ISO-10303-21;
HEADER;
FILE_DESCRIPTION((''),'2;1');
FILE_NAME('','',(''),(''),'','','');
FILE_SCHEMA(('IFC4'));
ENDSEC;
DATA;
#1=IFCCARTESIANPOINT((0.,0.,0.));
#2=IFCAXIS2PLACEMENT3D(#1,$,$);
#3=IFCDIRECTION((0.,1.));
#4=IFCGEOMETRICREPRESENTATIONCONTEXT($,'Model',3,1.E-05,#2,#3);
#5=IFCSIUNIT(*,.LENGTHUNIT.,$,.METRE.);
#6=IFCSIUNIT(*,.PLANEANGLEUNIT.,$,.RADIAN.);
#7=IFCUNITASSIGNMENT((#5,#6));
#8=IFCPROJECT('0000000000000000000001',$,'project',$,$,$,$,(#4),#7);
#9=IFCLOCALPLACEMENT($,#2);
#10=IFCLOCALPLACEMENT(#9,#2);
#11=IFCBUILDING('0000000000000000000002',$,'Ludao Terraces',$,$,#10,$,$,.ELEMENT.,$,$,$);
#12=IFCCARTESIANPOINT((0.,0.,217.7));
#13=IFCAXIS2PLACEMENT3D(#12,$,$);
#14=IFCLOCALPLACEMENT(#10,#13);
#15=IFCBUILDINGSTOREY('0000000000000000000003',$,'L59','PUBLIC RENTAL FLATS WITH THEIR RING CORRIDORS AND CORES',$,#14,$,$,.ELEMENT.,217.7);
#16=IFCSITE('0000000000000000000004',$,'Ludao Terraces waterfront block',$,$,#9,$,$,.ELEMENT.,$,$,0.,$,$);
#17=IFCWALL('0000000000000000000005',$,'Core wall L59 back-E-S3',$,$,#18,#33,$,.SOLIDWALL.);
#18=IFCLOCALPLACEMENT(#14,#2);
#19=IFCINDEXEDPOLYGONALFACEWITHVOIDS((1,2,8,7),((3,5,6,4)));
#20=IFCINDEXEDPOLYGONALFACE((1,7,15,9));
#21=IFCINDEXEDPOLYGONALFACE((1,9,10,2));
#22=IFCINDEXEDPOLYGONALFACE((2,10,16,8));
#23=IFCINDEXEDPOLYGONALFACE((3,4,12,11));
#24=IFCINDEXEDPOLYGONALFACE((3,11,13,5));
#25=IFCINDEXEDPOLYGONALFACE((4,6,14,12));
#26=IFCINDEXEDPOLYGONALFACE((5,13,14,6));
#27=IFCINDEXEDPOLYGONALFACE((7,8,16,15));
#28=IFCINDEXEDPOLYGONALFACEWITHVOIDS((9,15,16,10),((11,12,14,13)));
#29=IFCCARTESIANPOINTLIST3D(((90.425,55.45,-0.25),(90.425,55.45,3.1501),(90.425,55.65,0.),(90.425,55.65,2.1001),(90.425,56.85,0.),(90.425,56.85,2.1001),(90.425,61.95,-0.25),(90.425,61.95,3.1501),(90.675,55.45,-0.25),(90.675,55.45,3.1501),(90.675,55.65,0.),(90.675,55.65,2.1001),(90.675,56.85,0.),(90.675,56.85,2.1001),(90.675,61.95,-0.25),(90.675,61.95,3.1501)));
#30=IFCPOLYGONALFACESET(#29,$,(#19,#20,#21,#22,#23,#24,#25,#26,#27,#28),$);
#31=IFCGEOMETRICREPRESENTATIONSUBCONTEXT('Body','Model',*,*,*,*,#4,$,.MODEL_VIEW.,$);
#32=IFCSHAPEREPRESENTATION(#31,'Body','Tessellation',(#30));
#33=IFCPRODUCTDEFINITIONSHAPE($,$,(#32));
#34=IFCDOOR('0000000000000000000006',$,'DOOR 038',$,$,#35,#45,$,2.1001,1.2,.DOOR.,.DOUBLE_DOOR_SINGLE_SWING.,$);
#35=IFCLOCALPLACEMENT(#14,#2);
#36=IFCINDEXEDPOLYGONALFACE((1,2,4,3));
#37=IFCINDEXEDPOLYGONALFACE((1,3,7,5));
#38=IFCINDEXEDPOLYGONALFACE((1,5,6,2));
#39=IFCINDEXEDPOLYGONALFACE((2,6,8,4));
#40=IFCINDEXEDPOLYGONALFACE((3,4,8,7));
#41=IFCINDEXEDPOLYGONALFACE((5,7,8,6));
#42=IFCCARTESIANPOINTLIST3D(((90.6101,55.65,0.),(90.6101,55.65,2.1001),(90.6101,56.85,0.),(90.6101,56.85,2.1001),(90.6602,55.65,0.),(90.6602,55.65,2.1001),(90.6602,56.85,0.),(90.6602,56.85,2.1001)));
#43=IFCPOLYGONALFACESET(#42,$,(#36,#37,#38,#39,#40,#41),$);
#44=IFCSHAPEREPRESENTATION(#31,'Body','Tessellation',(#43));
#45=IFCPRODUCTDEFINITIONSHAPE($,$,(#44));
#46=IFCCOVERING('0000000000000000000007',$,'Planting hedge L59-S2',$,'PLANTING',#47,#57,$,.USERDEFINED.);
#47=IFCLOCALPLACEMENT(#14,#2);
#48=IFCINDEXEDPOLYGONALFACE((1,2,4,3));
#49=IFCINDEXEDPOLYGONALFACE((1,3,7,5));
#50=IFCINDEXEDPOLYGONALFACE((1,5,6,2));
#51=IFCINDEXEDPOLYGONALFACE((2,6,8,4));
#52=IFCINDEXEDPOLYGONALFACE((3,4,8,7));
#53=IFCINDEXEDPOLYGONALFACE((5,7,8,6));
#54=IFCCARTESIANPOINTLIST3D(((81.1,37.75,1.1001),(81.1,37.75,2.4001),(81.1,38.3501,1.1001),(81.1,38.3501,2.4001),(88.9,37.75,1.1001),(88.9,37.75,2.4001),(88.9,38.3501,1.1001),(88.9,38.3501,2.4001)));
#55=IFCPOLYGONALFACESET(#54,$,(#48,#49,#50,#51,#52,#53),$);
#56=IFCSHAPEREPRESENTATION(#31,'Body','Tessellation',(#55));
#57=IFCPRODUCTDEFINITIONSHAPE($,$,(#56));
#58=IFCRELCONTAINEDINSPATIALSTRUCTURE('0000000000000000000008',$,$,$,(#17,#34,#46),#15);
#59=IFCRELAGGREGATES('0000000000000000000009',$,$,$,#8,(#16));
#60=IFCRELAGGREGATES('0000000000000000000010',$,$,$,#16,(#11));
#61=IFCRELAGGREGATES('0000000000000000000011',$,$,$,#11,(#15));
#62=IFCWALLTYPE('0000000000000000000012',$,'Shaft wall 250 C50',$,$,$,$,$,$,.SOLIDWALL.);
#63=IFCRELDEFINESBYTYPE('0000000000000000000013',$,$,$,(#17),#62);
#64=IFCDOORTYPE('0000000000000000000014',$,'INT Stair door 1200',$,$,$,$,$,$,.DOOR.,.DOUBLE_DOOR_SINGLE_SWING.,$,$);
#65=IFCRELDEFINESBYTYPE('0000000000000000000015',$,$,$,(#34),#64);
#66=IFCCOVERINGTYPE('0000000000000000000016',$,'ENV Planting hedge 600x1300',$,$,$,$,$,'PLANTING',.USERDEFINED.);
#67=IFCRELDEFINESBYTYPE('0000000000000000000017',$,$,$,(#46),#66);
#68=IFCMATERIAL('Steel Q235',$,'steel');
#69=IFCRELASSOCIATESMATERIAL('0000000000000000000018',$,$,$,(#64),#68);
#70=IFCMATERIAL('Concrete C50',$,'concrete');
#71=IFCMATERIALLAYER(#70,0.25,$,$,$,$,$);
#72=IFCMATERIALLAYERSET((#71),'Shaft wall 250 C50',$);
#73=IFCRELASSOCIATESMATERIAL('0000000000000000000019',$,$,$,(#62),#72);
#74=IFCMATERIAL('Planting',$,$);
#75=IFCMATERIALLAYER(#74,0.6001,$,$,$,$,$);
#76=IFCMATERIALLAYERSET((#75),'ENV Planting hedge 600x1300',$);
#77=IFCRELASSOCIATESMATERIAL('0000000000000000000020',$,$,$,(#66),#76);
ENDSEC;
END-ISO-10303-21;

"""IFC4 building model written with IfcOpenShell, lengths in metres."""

from ifc_helpers import new_model, si_unit, direction, frame, frame_2d, origin, origin_2d, place, context, subcontext, project, spatial, rectangle, extrude, material, layer, layer_set, type_object, element, fill, save


model = new_model("IFC4")

# Units and contexts
model_context = context("Model", 3, precision=1e-05, world=origin(), true_north=direction((0.0, 1.0)))
body_context = subcontext(model_context, "Body", "Model", "MODEL_VIEW")
ifc_project = project(units=[si_unit("LENGTHUNIT", "METRE"), si_unit("PLANEANGLEUNIT", "RADIAN")], contexts=[model_context])

# Site, building, storey
site_placement = place(None, origin())
site = spatial("IfcSite", under=ifc_project, at=site_placement, Name="Ludao Terraces waterfront block", CompositionType="ELEMENT", RefElevation=0.0)
building_placement = place(site_placement, origin())
building = spatial("IfcBuilding", under=site, at=building_placement, Name="Ludao Terraces", CompositionType="ELEMENT")
storey_placement = place(building_placement, frame((0.0, 0.0, 217.7)))
storey = spatial("IfcBuildingStorey", under=building, at=storey_placement, Name="L59", Description="PUBLIC RENTAL FLATS WITH THEIR RING CORRIDORS AND CORES", CompositionType="ELEMENT", Elevation=217.7)

# Shared definitions
ifc_material_1 = material(Name="Concrete C50", Category="concrete")

# Shared definitions
ifc_material_2 = material(Name="Steel Q235", Category="steel")
door_type_1 = type_object("IfcDoorType", Name="INT Stair door 1200", OperationType="DOUBLE_DOOR_SINGLE_SWING", PredefinedType="DOOR", material=ifc_material_2)

# Wall, opening, door
ifc_layer_1 = layer(ifc_material_1, 0.25)
ifc_layer_set_1 = layer_set([ifc_layer_1], Name="Shaft wall 250 C50")
wall_type_1 = type_object("IfcWallType", Name="Shaft wall 250 C50", PredefinedType="SOLIDWALL", material=ifc_layer_set_1)
wall_1_placement = place(storey_placement, frame((90.55, 55.45, -0.25), z_axis=(0.0, 0.0, 1.0), x_axis=(0.0, 1.0, 0.0)))
wall_1 = element("IfcWall", 1, at=wall_1_placement, inside=storey, type_object=wall_type_1, Name="Core wall L59 back-E-S3", PredefinedType="SOLIDWALL", context=body_context, shape_type="SweptSolid", body=[
    extrude(rectangle(XDim=6.5, YDim=0.25, at=frame_2d((3.25, 0.0))), origin(), (0.0, 0.0, 1.0), 3.4001),
])
opening_1_placement = place(wall_1_placement, frame((0.2, 0.0, 0.25)))
opening_1 = element("IfcOpeningElement", 2, at=opening_1_placement, cuts=wall_1, PredefinedType="OPENING", context=body_context, shape_type="SweptSolid", body=[
    extrude(rectangle(XDim=1.2, YDim=2.1001, at=frame_2d((0.6001, 1.05))), frame((0.0, 0.135, 0.0), z_axis=(0.0, -1.0, 0.0), x_axis=(1.0, 0.0, 0.0)), (0.0, 0.0, 1.0), 0.27),
])
door_1_placement = place(opening_1_placement, origin())
door_1 = element("IfcDoor", 3, at=door_1_placement, inside=storey, type_object=door_type_1, Name="DOOR 038", OperationType="DOUBLE_DOOR_SINGLE_SWING", OverallHeight=2.1001, OverallWidth=1.2, PredefinedType="DOOR", context=body_context, shape_type="SweptSolid", body=[
    extrude(rectangle(XDim=1.2, YDim=2.1001, at=frame_2d((0.6001, 1.05))), frame((0.0, -0.0601, 0.0), z_axis=(0.0, -1.0, 0.0), x_axis=(1.0, 0.0, 0.0)), (0.0, 0.0, 1.0), 0.05),
])
fill(opening_1, door_1)

# Covering
ifc_material_3 = material(Name="Planting")
ifc_layer_2 = layer(ifc_material_3, 0.6001)
ifc_layer_set_2 = layer_set([ifc_layer_2], Name="ENV Planting hedge 600x1300")
covering_type = type_object("IfcCoveringType", Name="ENV Planting hedge 600x1300", ElementType="PLANTING", PredefinedType="USERDEFINED", material=ifc_layer_set_2)
covering_placement = place(storey_placement, frame((85.0, 38.05, 1.1001), z_axis=(0.0, 0.0, 1.0), x_axis=(1.0, 0.0, 0.0)))
element("IfcCovering", 4, at=covering_placement, inside=storey, type_object=covering_type, Name="Planting hedge L59-S2", ObjectType="PLANTING", PredefinedType="USERDEFINED", context=body_context, shape_type="SweptSolid", body=[
    extrude(rectangle(XDim=7.8, YDim=0.6001, at=origin_2d()), origin(), (0.0, 0.0, 1.0), 1.3),
])

save(model, "model.ifc")
